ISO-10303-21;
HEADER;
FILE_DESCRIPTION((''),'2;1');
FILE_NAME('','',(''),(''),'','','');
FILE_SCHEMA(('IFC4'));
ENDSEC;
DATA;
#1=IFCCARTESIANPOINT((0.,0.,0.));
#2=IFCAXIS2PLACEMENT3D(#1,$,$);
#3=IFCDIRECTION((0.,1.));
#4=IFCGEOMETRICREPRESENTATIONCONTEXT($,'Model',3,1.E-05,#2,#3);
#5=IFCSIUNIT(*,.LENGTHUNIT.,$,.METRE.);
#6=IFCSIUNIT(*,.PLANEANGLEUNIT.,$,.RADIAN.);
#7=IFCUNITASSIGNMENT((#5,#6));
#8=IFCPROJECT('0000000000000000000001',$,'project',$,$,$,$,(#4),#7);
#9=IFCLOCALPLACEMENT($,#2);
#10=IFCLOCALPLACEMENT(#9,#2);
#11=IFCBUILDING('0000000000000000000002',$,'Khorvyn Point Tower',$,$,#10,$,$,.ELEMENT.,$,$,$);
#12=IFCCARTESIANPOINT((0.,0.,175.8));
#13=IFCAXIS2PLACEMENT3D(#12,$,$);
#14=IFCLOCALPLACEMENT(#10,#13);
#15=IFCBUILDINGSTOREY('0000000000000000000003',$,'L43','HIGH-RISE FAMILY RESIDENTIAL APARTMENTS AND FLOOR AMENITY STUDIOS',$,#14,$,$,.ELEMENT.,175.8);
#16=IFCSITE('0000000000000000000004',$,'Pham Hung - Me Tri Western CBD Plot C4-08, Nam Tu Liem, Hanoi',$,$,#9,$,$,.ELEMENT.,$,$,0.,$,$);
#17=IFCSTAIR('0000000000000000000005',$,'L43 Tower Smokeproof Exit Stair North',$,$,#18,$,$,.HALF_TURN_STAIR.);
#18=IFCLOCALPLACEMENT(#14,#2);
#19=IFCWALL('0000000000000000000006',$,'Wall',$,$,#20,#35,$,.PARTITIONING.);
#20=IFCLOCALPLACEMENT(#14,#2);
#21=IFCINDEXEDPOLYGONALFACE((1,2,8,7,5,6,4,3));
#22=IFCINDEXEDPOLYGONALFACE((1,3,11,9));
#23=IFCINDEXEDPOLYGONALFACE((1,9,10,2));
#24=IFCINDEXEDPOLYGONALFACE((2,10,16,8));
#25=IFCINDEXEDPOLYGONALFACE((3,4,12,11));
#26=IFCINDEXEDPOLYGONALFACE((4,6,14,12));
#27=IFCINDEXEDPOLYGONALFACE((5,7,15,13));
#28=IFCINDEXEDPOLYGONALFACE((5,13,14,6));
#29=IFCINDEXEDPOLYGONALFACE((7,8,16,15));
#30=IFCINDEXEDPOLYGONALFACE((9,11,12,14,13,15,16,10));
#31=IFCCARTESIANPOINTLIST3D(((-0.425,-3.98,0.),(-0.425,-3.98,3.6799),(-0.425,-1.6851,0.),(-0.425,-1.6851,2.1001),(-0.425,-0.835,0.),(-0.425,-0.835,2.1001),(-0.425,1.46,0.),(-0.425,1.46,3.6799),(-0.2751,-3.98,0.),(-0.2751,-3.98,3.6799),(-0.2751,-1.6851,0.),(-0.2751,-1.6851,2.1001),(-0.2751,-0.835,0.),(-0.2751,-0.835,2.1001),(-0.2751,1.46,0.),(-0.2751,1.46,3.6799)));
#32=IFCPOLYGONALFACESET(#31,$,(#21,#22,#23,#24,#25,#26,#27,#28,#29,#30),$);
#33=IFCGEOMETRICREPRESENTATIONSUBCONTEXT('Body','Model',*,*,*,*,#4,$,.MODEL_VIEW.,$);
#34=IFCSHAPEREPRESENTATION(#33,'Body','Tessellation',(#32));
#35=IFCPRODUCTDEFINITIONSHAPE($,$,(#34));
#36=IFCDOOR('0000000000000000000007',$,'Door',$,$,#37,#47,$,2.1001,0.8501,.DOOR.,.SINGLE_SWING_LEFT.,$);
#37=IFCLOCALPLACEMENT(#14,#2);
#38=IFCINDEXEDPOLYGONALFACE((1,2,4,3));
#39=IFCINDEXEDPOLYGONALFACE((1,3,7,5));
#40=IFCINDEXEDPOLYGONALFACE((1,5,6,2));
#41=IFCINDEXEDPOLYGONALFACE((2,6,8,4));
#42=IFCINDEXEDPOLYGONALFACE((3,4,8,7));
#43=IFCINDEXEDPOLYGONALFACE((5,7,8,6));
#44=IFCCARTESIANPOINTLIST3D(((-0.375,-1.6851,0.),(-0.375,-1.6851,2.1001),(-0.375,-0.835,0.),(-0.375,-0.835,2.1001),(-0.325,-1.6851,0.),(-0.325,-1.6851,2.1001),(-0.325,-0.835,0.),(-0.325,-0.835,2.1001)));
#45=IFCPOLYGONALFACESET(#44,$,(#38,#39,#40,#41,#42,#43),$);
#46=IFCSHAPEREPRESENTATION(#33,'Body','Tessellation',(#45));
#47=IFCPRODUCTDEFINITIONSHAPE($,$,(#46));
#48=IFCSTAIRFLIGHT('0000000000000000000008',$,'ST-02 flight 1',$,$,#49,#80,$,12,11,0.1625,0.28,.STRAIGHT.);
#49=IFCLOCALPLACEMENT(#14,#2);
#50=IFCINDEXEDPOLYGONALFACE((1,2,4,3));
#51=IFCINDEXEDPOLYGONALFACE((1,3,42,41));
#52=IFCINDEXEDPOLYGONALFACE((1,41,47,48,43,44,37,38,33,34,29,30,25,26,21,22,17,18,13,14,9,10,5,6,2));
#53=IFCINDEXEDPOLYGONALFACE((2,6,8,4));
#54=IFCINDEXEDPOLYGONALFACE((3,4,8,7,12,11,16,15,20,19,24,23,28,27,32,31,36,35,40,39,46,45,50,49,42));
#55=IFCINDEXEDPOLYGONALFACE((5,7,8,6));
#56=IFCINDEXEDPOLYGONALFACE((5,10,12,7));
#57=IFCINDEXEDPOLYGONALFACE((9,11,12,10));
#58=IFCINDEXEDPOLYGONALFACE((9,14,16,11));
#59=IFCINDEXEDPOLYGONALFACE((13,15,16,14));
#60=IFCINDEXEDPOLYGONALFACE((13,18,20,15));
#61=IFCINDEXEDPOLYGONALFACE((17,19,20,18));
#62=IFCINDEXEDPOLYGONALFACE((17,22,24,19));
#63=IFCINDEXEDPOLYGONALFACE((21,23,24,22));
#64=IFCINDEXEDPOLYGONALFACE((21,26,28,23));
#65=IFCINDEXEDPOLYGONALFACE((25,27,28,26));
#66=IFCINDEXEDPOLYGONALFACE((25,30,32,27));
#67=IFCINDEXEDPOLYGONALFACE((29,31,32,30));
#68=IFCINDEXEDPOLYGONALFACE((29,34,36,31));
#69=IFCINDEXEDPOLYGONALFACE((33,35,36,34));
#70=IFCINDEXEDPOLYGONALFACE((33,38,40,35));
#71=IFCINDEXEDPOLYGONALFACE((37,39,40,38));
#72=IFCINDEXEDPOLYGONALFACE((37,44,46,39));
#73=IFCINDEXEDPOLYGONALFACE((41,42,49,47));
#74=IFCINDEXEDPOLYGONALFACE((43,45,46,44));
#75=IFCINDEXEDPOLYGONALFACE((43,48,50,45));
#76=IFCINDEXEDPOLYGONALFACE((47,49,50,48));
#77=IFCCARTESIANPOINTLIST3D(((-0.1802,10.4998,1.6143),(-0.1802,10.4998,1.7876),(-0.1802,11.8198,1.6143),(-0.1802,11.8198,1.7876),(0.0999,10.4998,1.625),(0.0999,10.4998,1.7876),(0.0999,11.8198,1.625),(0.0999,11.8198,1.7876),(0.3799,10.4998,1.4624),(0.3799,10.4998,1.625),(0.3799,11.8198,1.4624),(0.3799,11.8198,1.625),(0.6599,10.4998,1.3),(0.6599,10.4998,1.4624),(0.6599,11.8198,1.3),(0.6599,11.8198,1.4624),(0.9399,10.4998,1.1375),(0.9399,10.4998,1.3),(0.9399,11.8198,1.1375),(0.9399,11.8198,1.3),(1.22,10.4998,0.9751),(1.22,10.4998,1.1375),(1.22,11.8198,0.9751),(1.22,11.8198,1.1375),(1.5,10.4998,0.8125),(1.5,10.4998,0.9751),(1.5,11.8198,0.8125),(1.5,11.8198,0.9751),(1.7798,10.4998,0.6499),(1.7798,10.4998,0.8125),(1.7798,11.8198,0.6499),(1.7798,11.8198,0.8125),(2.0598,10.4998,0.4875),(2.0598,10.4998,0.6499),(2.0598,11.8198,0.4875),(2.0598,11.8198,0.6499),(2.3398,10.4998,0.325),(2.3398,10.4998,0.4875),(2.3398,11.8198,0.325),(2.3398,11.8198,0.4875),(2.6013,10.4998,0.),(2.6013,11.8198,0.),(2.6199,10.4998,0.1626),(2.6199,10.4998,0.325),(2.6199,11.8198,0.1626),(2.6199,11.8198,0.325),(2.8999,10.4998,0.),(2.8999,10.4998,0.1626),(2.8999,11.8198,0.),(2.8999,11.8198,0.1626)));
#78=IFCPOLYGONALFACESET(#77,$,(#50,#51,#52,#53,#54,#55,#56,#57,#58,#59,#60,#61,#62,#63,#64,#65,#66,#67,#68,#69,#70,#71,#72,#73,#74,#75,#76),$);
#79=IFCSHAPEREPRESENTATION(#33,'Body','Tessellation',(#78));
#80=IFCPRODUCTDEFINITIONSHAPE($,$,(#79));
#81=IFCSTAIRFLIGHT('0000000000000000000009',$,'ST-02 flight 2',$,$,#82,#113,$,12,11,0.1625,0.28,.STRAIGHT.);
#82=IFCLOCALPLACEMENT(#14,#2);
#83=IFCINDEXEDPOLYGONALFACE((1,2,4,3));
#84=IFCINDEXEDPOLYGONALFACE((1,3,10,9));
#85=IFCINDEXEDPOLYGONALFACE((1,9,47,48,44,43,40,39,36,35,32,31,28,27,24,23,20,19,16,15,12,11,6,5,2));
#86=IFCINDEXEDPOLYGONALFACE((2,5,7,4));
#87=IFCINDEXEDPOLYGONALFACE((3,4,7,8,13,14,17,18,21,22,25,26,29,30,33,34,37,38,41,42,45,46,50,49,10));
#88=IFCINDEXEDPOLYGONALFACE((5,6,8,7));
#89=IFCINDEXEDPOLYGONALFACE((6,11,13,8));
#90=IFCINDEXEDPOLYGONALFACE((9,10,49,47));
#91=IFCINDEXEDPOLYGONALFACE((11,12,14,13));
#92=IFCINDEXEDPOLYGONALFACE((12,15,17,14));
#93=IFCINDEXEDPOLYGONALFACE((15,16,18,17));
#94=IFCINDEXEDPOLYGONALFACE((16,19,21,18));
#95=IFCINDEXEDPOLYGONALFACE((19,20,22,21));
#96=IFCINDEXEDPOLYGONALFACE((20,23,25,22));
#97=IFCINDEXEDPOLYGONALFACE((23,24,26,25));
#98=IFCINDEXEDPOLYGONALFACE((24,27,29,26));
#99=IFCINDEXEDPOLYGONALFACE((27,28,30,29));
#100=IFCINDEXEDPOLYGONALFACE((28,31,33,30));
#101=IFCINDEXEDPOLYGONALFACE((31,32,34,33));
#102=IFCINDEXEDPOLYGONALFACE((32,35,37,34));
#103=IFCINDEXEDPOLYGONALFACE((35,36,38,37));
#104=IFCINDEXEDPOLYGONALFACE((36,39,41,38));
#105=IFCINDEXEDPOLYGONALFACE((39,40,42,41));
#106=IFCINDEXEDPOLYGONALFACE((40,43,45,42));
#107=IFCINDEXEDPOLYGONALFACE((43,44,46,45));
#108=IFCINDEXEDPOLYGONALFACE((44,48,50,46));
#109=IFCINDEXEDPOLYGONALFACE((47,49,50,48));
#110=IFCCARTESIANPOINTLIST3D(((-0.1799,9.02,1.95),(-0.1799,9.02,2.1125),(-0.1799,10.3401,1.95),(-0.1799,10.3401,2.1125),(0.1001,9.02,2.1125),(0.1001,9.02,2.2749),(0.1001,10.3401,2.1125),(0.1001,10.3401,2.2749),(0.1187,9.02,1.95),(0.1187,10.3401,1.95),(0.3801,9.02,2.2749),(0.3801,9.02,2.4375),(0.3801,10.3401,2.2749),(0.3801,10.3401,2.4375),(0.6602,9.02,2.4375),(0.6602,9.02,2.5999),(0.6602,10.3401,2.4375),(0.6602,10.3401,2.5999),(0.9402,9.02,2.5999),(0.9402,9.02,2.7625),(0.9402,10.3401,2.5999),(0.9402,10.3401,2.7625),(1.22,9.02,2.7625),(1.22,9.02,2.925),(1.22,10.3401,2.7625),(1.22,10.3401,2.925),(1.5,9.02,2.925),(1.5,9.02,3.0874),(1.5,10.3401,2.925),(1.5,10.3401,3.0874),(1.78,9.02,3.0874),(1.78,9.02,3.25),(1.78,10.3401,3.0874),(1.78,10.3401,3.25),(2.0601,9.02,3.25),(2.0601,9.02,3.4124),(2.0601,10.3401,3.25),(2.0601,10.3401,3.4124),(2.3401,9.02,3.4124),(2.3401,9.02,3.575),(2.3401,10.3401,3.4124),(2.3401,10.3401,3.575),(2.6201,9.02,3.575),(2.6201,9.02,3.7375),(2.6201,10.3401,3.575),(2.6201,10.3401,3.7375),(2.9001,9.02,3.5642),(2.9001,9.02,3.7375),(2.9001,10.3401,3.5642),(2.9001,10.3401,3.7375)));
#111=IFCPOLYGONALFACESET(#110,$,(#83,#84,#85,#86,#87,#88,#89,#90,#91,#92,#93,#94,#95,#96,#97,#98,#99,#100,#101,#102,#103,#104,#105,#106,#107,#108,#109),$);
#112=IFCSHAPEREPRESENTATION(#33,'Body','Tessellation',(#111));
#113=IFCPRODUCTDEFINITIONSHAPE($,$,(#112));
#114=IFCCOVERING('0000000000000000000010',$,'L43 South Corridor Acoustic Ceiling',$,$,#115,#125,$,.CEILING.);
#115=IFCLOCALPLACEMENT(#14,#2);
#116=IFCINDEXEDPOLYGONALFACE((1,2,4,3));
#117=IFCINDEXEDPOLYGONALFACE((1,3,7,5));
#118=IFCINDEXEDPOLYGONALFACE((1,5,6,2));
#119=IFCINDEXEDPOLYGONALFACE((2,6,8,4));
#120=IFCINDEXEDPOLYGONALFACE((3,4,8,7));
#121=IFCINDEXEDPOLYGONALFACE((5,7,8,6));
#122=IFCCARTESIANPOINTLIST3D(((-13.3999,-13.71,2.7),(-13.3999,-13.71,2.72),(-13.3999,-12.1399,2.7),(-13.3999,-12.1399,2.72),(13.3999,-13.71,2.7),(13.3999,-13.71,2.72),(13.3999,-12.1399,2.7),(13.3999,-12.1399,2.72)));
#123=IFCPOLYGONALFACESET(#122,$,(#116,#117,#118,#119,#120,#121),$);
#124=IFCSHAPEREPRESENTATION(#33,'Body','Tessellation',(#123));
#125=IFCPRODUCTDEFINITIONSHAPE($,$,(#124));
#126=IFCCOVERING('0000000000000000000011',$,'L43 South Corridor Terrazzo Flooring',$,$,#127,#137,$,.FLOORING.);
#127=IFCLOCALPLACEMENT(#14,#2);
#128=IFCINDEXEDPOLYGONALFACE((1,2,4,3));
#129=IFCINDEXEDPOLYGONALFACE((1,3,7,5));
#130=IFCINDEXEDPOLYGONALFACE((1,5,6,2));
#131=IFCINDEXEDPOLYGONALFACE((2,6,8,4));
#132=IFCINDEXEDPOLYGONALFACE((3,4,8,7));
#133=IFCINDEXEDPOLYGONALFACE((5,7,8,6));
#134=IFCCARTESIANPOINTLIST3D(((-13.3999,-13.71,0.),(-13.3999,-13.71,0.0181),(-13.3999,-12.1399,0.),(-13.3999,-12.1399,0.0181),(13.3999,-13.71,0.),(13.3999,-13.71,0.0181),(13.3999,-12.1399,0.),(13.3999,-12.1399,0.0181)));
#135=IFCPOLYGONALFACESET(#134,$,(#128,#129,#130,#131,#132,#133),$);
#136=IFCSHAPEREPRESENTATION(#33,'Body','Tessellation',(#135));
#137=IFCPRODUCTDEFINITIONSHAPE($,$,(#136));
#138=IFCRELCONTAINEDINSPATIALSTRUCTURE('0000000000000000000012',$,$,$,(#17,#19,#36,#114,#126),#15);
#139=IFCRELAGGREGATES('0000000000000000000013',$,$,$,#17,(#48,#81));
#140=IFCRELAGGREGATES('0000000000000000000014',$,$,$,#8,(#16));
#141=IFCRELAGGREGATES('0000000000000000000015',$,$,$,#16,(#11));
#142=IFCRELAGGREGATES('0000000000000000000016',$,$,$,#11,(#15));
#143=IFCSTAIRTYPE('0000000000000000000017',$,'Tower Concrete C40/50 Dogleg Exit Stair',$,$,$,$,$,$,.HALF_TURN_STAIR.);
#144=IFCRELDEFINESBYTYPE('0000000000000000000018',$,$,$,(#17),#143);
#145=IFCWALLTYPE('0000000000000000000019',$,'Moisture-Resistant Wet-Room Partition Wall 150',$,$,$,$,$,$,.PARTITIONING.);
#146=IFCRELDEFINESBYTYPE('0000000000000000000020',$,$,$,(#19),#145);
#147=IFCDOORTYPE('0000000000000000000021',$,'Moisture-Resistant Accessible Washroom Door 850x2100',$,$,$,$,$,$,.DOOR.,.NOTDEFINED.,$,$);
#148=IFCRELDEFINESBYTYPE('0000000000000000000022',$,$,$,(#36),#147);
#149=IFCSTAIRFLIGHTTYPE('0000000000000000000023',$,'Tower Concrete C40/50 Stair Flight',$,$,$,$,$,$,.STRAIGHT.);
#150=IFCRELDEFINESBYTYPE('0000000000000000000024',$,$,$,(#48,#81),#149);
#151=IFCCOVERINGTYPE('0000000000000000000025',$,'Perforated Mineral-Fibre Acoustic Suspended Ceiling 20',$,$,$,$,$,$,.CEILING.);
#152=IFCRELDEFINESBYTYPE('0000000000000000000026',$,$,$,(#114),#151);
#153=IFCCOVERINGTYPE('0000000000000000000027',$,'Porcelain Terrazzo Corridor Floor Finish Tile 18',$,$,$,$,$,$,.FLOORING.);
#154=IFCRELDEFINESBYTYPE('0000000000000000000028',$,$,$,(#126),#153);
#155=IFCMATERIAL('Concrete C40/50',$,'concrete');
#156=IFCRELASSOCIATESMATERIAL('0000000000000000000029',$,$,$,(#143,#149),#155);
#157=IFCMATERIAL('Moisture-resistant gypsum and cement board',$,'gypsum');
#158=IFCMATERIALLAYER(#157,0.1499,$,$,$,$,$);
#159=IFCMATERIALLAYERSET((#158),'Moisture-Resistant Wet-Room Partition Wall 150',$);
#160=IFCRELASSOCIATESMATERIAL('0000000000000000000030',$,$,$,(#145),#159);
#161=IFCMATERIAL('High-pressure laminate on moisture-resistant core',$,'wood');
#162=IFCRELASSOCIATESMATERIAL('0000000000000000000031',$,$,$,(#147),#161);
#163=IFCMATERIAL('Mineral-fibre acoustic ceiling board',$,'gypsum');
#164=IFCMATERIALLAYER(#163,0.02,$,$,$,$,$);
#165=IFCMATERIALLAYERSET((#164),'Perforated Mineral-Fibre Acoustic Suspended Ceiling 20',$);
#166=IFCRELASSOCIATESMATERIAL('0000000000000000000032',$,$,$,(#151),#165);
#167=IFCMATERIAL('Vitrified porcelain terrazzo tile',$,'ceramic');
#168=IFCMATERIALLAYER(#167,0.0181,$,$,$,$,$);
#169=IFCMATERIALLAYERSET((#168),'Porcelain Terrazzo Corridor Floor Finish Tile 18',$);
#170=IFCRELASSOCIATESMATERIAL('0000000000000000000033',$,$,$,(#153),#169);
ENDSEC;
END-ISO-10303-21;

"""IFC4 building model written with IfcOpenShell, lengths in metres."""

from ifc_helpers import new_model, si_unit, direction, frame, frame_2d, origin, place, context, subcontext, project, spatial, polyline, rectangle, outline, extrude, material, layer, layer_set, type_object, element, fill, aggregate, save


model = new_model("IFC4")

# Units and contexts
model_context = context("Model", 3, precision=1e-05, world=origin(), true_north=direction((0.0, 1.0)))
body_context = subcontext(model_context, "Body", "Model", "MODEL_VIEW")
ifc_project = project(units=[si_unit("LENGTHUNIT", "METRE"), si_unit("PLANEANGLEUNIT", "RADIAN")], contexts=[model_context])

# Site, building, storey
site_placement = place(None, origin())
site = spatial("IfcSite", under=ifc_project, at=site_placement, Name="Pham Hung - Me Tri Western CBD Plot C4-08, Nam Tu Liem, Hanoi", CompositionType="ELEMENT", RefElevation=0.0)
building_placement = place(site_placement, origin())
building = spatial("IfcBuilding", under=site, at=building_placement, Name="Khorvyn Point Tower", CompositionType="ELEMENT")
storey_placement = place(building_placement, frame((0.0, 0.0, 175.8)))
storey = spatial("IfcBuildingStorey", under=building, at=storey_placement, Name="L43", Description="HIGH-RISE FAMILY RESIDENTIAL APARTMENTS AND FLOOR AMENITY STUDIOS", CompositionType="ELEMENT", Elevation=175.8)

# Shared definitions
ifc_material_1 = material(Name="Concrete C40/50", Category="concrete")

# Stair
stair_type = type_object("IfcStairType", Name="Tower Concrete C40/50 Dogleg Exit Stair", PredefinedType="HALF_TURN_STAIR", material=ifc_material_1)
stair_1_placement = place(storey_placement, origin())
stair_1 = element("IfcStair", 1, at=stair_1_placement, inside=storey, type_object=stair_type, Name="L43 Tower Smokeproof Exit Stair North", PredefinedType="HALF_TURN_STAIR")

# Wall, opening, door
ifc_material_2 = material(Name="Moisture-resistant gypsum and cement board", Category="gypsum")
ifc_layer_1 = layer(ifc_material_2, 0.1499)
ifc_layer_set_1 = layer_set([ifc_layer_1], Name="Moisture-Resistant Wet-Room Partition Wall 150")
wall_type_1 = type_object("IfcWallType", Name="Moisture-Resistant Wet-Room Partition Wall 150", PredefinedType="PARTITIONING", material=ifc_layer_set_1)
wall_1_placement = place(storey_placement, frame((-0.3501, -3.98, 0.0), z_axis=(0.0, 0.0, 1.0), x_axis=(0.0, 1.0, 0.0)))
wall_1 = element("IfcWall", 2, at=wall_1_placement, inside=storey, type_object=wall_type_1, Name="Wall", PredefinedType="PARTITIONING", context=body_context, shape_type="SweptSolid", body=[
    extrude(rectangle(XDim=5.4399, YDim=0.1499, at=frame_2d((2.72, 0.0))), origin(), (0.0, 0.0, 1.0), 3.6799),
])
opening_1_placement = place(wall_1_placement, frame((2.2949, 0.0, 0.0)))
opening_1 = element("IfcOpeningElement", 3, at=opening_1_placement, cuts=wall_1, PredefinedType="OPENING", context=body_context, shape_type="SweptSolid", body=[
    extrude(rectangle(XDim=0.8501, YDim=2.1001, at=frame_2d((0.425, 1.05))), frame((0.0, 0.085, 0.0), z_axis=(0.0, -1.0, 0.0), x_axis=(1.0, 0.0, 0.0)), (0.0, 0.0, 1.0), 0.1699),
])
ifc_material_3 = material(Name="High-pressure laminate on moisture-resistant core", Category="wood")
door_type_1 = type_object("IfcDoorType", Name="Moisture-Resistant Accessible Washroom Door 850x2100", OperationType="NOTDEFINED", PredefinedType="DOOR", material=ifc_material_3)
door_1_placement = place(opening_1_placement, origin())
door_1 = element("IfcDoor", 4, at=door_1_placement, inside=storey, type_object=door_type_1, Name="Door", OperationType="SINGLE_SWING_LEFT", OverallHeight=2.1001, OverallWidth=0.8501, PredefinedType="DOOR", context=body_context, shape_type="SweptSolid", body=[
    extrude(rectangle(XDim=0.8501, YDim=2.1001, at=frame_2d((0.425, 1.05))), frame((0.0, 0.0249, 0.0), z_axis=(0.0, -1.0, 0.0), x_axis=(1.0, 0.0, 0.0)), (0.0, 0.0, 1.0), 0.05),
])
fill(opening_1, door_1)

# Stair flights
stair_flight_type = type_object("IfcStairFlightType", Name="Tower Concrete C40/50 Stair Flight", PredefinedType="STRAIGHT", material=ifc_material_1)
stair_flight_1_placement = place(storey_placement, frame((2.8999, 11.1599, 0.0), z_axis=(0.0, 0.0, 1.0), x_axis=(-1.0, 0.0, 0.0)))
stair_flight_1 = element("IfcStairFlight", 5, at=stair_flight_1_placement, type_object=stair_flight_type, Name="ST-02 flight 1", NumberOfRisers=12, NumberOfTreads=11, PredefinedType="STRAIGHT", RiserHeight=0.1625, TreadLength=0.28, context=body_context, shape_type="SweptSolid", body=[
    extrude(outline(polyline([(0.0, 0.0), (0.0, 0.1626), (0.28, 0.1626), (0.28, 0.325), (0.5601, 0.325), (0.5601, 0.4875), (0.8401, 0.4875), (0.8401, 0.6499), (1.1201, 0.6499), (1.1201, 0.8125), (1.3999, 0.8125), (1.3999, 0.9751), (1.6799, 0.9751), (1.6799, 1.1375), (1.96, 1.1375), (1.96, 1.3), (2.24, 1.3), (2.24, 1.4624), (2.52, 1.4624), (2.52, 1.625), (2.8, 1.625), (2.8, 1.7876), (3.0801, 1.7876), (3.0801, 1.95), (3.0801, 1.6143), (0.2986, 0.0), (0.0, 0.0)])), frame((0.0, 0.6602, 0.0), z_axis=(0.0, -1.0, 0.0), x_axis=(1.0, 0.0, 0.0)), (0.0, 0.0, 1.0), 1.3201),
])
stair_flight_2_placement = place(storey_placement, frame((-0.1799, 9.6799, 1.95), z_axis=(0.0, 0.0, 1.0), x_axis=(1.0, 0.0, 0.0)))
stair_flight_2 = element("IfcStairFlight", 6, at=stair_flight_2_placement, type_object=stair_flight_type, Name="ST-02 flight 2", NumberOfRisers=12, NumberOfTreads=11, PredefinedType="STRAIGHT", RiserHeight=0.1625, TreadLength=0.28, context=body_context, shape_type="SweptSolid", body=[
    extrude(outline(polyline([(0.0, 0.0), (0.0, 0.1626), (0.28, 0.1626), (0.28, 0.325), (0.5601, 0.325), (0.5601, 0.4875), (0.8401, 0.4875), (0.8401, 0.6499), (1.1201, 0.6499), (1.1201, 0.8125), (1.3999, 0.8125), (1.3999, 0.9751), (1.6799, 0.9751), (1.6799, 1.1375), (1.96, 1.1375), (1.96, 1.3), (2.24, 1.3), (2.24, 1.4624), (2.52, 1.4624), (2.52, 1.625), (2.8, 1.625), (2.8, 1.7876), (3.0801, 1.7876), (3.0801, 1.95), (3.0801, 1.6143), (0.2986, 0.0), (0.0, 0.0)])), frame((0.0, 0.6602, 0.0), z_axis=(0.0, -1.0, 0.0), x_axis=(1.0, 0.0, 0.0)), (0.0, 0.0, 1.0), 1.3201),
])
aggregate(stair_1, [stair_flight_1, stair_flight_2])

# Coverings
ifc_material_4 = material(Name="Mineral-fibre acoustic ceiling board", Category="gypsum")
ifc_layer_2 = layer(ifc_material_4, 0.02)
ifc_layer_set_2 = layer_set([ifc_layer_2], Name="Perforated Mineral-Fibre Acoustic Suspended Ceiling 20")
covering_type_1 = type_object("IfcCoveringType", Name="Perforated Mineral-Fibre Acoustic Suspended Ceiling 20", PredefinedType="CEILING", material=ifc_layer_set_2)
covering_1_placement = place(storey_placement, frame((0.0, 0.0, 2.7)))
element("IfcCovering", 7, at=covering_1_placement, inside=storey, type_object=covering_type_1, Name="L43 South Corridor Acoustic Ceiling", PredefinedType="CEILING", context=body_context, shape_type="SweptSolid", body=[
    extrude(outline(polyline([(-13.3999, -13.71), (13.3999, -13.71), (13.3999, -12.1399), (-13.3999, -12.1399), (-13.3999, -13.71)])), origin(), (0.0, 0.0, 1.0), 0.02),
])
ifc_material_5 = material(Name="Vitrified porcelain terrazzo tile", Category="ceramic")
ifc_layer_3 = layer(ifc_material_5, 0.0181)
ifc_layer_set_3 = layer_set([ifc_layer_3], Name="Porcelain Terrazzo Corridor Floor Finish Tile 18")
covering_type_2 = type_object("IfcCoveringType", Name="Porcelain Terrazzo Corridor Floor Finish Tile 18", PredefinedType="FLOORING", material=ifc_layer_set_3)
covering_2_placement = place(storey_placement, origin())
element("IfcCovering", 8, at=covering_2_placement, inside=storey, type_object=covering_type_2, Name="L43 South Corridor Terrazzo Flooring", PredefinedType="FLOORING", context=body_context, shape_type="SweptSolid", body=[
    extrude(outline(polyline([(-13.3999, -13.71), (13.3999, -13.71), (13.3999, -12.1399), (-13.3999, -12.1399), (-13.3999, -13.71)])), origin(), (0.0, 0.0, 1.0), 0.0181),
])

save(model, "model.ifc")
